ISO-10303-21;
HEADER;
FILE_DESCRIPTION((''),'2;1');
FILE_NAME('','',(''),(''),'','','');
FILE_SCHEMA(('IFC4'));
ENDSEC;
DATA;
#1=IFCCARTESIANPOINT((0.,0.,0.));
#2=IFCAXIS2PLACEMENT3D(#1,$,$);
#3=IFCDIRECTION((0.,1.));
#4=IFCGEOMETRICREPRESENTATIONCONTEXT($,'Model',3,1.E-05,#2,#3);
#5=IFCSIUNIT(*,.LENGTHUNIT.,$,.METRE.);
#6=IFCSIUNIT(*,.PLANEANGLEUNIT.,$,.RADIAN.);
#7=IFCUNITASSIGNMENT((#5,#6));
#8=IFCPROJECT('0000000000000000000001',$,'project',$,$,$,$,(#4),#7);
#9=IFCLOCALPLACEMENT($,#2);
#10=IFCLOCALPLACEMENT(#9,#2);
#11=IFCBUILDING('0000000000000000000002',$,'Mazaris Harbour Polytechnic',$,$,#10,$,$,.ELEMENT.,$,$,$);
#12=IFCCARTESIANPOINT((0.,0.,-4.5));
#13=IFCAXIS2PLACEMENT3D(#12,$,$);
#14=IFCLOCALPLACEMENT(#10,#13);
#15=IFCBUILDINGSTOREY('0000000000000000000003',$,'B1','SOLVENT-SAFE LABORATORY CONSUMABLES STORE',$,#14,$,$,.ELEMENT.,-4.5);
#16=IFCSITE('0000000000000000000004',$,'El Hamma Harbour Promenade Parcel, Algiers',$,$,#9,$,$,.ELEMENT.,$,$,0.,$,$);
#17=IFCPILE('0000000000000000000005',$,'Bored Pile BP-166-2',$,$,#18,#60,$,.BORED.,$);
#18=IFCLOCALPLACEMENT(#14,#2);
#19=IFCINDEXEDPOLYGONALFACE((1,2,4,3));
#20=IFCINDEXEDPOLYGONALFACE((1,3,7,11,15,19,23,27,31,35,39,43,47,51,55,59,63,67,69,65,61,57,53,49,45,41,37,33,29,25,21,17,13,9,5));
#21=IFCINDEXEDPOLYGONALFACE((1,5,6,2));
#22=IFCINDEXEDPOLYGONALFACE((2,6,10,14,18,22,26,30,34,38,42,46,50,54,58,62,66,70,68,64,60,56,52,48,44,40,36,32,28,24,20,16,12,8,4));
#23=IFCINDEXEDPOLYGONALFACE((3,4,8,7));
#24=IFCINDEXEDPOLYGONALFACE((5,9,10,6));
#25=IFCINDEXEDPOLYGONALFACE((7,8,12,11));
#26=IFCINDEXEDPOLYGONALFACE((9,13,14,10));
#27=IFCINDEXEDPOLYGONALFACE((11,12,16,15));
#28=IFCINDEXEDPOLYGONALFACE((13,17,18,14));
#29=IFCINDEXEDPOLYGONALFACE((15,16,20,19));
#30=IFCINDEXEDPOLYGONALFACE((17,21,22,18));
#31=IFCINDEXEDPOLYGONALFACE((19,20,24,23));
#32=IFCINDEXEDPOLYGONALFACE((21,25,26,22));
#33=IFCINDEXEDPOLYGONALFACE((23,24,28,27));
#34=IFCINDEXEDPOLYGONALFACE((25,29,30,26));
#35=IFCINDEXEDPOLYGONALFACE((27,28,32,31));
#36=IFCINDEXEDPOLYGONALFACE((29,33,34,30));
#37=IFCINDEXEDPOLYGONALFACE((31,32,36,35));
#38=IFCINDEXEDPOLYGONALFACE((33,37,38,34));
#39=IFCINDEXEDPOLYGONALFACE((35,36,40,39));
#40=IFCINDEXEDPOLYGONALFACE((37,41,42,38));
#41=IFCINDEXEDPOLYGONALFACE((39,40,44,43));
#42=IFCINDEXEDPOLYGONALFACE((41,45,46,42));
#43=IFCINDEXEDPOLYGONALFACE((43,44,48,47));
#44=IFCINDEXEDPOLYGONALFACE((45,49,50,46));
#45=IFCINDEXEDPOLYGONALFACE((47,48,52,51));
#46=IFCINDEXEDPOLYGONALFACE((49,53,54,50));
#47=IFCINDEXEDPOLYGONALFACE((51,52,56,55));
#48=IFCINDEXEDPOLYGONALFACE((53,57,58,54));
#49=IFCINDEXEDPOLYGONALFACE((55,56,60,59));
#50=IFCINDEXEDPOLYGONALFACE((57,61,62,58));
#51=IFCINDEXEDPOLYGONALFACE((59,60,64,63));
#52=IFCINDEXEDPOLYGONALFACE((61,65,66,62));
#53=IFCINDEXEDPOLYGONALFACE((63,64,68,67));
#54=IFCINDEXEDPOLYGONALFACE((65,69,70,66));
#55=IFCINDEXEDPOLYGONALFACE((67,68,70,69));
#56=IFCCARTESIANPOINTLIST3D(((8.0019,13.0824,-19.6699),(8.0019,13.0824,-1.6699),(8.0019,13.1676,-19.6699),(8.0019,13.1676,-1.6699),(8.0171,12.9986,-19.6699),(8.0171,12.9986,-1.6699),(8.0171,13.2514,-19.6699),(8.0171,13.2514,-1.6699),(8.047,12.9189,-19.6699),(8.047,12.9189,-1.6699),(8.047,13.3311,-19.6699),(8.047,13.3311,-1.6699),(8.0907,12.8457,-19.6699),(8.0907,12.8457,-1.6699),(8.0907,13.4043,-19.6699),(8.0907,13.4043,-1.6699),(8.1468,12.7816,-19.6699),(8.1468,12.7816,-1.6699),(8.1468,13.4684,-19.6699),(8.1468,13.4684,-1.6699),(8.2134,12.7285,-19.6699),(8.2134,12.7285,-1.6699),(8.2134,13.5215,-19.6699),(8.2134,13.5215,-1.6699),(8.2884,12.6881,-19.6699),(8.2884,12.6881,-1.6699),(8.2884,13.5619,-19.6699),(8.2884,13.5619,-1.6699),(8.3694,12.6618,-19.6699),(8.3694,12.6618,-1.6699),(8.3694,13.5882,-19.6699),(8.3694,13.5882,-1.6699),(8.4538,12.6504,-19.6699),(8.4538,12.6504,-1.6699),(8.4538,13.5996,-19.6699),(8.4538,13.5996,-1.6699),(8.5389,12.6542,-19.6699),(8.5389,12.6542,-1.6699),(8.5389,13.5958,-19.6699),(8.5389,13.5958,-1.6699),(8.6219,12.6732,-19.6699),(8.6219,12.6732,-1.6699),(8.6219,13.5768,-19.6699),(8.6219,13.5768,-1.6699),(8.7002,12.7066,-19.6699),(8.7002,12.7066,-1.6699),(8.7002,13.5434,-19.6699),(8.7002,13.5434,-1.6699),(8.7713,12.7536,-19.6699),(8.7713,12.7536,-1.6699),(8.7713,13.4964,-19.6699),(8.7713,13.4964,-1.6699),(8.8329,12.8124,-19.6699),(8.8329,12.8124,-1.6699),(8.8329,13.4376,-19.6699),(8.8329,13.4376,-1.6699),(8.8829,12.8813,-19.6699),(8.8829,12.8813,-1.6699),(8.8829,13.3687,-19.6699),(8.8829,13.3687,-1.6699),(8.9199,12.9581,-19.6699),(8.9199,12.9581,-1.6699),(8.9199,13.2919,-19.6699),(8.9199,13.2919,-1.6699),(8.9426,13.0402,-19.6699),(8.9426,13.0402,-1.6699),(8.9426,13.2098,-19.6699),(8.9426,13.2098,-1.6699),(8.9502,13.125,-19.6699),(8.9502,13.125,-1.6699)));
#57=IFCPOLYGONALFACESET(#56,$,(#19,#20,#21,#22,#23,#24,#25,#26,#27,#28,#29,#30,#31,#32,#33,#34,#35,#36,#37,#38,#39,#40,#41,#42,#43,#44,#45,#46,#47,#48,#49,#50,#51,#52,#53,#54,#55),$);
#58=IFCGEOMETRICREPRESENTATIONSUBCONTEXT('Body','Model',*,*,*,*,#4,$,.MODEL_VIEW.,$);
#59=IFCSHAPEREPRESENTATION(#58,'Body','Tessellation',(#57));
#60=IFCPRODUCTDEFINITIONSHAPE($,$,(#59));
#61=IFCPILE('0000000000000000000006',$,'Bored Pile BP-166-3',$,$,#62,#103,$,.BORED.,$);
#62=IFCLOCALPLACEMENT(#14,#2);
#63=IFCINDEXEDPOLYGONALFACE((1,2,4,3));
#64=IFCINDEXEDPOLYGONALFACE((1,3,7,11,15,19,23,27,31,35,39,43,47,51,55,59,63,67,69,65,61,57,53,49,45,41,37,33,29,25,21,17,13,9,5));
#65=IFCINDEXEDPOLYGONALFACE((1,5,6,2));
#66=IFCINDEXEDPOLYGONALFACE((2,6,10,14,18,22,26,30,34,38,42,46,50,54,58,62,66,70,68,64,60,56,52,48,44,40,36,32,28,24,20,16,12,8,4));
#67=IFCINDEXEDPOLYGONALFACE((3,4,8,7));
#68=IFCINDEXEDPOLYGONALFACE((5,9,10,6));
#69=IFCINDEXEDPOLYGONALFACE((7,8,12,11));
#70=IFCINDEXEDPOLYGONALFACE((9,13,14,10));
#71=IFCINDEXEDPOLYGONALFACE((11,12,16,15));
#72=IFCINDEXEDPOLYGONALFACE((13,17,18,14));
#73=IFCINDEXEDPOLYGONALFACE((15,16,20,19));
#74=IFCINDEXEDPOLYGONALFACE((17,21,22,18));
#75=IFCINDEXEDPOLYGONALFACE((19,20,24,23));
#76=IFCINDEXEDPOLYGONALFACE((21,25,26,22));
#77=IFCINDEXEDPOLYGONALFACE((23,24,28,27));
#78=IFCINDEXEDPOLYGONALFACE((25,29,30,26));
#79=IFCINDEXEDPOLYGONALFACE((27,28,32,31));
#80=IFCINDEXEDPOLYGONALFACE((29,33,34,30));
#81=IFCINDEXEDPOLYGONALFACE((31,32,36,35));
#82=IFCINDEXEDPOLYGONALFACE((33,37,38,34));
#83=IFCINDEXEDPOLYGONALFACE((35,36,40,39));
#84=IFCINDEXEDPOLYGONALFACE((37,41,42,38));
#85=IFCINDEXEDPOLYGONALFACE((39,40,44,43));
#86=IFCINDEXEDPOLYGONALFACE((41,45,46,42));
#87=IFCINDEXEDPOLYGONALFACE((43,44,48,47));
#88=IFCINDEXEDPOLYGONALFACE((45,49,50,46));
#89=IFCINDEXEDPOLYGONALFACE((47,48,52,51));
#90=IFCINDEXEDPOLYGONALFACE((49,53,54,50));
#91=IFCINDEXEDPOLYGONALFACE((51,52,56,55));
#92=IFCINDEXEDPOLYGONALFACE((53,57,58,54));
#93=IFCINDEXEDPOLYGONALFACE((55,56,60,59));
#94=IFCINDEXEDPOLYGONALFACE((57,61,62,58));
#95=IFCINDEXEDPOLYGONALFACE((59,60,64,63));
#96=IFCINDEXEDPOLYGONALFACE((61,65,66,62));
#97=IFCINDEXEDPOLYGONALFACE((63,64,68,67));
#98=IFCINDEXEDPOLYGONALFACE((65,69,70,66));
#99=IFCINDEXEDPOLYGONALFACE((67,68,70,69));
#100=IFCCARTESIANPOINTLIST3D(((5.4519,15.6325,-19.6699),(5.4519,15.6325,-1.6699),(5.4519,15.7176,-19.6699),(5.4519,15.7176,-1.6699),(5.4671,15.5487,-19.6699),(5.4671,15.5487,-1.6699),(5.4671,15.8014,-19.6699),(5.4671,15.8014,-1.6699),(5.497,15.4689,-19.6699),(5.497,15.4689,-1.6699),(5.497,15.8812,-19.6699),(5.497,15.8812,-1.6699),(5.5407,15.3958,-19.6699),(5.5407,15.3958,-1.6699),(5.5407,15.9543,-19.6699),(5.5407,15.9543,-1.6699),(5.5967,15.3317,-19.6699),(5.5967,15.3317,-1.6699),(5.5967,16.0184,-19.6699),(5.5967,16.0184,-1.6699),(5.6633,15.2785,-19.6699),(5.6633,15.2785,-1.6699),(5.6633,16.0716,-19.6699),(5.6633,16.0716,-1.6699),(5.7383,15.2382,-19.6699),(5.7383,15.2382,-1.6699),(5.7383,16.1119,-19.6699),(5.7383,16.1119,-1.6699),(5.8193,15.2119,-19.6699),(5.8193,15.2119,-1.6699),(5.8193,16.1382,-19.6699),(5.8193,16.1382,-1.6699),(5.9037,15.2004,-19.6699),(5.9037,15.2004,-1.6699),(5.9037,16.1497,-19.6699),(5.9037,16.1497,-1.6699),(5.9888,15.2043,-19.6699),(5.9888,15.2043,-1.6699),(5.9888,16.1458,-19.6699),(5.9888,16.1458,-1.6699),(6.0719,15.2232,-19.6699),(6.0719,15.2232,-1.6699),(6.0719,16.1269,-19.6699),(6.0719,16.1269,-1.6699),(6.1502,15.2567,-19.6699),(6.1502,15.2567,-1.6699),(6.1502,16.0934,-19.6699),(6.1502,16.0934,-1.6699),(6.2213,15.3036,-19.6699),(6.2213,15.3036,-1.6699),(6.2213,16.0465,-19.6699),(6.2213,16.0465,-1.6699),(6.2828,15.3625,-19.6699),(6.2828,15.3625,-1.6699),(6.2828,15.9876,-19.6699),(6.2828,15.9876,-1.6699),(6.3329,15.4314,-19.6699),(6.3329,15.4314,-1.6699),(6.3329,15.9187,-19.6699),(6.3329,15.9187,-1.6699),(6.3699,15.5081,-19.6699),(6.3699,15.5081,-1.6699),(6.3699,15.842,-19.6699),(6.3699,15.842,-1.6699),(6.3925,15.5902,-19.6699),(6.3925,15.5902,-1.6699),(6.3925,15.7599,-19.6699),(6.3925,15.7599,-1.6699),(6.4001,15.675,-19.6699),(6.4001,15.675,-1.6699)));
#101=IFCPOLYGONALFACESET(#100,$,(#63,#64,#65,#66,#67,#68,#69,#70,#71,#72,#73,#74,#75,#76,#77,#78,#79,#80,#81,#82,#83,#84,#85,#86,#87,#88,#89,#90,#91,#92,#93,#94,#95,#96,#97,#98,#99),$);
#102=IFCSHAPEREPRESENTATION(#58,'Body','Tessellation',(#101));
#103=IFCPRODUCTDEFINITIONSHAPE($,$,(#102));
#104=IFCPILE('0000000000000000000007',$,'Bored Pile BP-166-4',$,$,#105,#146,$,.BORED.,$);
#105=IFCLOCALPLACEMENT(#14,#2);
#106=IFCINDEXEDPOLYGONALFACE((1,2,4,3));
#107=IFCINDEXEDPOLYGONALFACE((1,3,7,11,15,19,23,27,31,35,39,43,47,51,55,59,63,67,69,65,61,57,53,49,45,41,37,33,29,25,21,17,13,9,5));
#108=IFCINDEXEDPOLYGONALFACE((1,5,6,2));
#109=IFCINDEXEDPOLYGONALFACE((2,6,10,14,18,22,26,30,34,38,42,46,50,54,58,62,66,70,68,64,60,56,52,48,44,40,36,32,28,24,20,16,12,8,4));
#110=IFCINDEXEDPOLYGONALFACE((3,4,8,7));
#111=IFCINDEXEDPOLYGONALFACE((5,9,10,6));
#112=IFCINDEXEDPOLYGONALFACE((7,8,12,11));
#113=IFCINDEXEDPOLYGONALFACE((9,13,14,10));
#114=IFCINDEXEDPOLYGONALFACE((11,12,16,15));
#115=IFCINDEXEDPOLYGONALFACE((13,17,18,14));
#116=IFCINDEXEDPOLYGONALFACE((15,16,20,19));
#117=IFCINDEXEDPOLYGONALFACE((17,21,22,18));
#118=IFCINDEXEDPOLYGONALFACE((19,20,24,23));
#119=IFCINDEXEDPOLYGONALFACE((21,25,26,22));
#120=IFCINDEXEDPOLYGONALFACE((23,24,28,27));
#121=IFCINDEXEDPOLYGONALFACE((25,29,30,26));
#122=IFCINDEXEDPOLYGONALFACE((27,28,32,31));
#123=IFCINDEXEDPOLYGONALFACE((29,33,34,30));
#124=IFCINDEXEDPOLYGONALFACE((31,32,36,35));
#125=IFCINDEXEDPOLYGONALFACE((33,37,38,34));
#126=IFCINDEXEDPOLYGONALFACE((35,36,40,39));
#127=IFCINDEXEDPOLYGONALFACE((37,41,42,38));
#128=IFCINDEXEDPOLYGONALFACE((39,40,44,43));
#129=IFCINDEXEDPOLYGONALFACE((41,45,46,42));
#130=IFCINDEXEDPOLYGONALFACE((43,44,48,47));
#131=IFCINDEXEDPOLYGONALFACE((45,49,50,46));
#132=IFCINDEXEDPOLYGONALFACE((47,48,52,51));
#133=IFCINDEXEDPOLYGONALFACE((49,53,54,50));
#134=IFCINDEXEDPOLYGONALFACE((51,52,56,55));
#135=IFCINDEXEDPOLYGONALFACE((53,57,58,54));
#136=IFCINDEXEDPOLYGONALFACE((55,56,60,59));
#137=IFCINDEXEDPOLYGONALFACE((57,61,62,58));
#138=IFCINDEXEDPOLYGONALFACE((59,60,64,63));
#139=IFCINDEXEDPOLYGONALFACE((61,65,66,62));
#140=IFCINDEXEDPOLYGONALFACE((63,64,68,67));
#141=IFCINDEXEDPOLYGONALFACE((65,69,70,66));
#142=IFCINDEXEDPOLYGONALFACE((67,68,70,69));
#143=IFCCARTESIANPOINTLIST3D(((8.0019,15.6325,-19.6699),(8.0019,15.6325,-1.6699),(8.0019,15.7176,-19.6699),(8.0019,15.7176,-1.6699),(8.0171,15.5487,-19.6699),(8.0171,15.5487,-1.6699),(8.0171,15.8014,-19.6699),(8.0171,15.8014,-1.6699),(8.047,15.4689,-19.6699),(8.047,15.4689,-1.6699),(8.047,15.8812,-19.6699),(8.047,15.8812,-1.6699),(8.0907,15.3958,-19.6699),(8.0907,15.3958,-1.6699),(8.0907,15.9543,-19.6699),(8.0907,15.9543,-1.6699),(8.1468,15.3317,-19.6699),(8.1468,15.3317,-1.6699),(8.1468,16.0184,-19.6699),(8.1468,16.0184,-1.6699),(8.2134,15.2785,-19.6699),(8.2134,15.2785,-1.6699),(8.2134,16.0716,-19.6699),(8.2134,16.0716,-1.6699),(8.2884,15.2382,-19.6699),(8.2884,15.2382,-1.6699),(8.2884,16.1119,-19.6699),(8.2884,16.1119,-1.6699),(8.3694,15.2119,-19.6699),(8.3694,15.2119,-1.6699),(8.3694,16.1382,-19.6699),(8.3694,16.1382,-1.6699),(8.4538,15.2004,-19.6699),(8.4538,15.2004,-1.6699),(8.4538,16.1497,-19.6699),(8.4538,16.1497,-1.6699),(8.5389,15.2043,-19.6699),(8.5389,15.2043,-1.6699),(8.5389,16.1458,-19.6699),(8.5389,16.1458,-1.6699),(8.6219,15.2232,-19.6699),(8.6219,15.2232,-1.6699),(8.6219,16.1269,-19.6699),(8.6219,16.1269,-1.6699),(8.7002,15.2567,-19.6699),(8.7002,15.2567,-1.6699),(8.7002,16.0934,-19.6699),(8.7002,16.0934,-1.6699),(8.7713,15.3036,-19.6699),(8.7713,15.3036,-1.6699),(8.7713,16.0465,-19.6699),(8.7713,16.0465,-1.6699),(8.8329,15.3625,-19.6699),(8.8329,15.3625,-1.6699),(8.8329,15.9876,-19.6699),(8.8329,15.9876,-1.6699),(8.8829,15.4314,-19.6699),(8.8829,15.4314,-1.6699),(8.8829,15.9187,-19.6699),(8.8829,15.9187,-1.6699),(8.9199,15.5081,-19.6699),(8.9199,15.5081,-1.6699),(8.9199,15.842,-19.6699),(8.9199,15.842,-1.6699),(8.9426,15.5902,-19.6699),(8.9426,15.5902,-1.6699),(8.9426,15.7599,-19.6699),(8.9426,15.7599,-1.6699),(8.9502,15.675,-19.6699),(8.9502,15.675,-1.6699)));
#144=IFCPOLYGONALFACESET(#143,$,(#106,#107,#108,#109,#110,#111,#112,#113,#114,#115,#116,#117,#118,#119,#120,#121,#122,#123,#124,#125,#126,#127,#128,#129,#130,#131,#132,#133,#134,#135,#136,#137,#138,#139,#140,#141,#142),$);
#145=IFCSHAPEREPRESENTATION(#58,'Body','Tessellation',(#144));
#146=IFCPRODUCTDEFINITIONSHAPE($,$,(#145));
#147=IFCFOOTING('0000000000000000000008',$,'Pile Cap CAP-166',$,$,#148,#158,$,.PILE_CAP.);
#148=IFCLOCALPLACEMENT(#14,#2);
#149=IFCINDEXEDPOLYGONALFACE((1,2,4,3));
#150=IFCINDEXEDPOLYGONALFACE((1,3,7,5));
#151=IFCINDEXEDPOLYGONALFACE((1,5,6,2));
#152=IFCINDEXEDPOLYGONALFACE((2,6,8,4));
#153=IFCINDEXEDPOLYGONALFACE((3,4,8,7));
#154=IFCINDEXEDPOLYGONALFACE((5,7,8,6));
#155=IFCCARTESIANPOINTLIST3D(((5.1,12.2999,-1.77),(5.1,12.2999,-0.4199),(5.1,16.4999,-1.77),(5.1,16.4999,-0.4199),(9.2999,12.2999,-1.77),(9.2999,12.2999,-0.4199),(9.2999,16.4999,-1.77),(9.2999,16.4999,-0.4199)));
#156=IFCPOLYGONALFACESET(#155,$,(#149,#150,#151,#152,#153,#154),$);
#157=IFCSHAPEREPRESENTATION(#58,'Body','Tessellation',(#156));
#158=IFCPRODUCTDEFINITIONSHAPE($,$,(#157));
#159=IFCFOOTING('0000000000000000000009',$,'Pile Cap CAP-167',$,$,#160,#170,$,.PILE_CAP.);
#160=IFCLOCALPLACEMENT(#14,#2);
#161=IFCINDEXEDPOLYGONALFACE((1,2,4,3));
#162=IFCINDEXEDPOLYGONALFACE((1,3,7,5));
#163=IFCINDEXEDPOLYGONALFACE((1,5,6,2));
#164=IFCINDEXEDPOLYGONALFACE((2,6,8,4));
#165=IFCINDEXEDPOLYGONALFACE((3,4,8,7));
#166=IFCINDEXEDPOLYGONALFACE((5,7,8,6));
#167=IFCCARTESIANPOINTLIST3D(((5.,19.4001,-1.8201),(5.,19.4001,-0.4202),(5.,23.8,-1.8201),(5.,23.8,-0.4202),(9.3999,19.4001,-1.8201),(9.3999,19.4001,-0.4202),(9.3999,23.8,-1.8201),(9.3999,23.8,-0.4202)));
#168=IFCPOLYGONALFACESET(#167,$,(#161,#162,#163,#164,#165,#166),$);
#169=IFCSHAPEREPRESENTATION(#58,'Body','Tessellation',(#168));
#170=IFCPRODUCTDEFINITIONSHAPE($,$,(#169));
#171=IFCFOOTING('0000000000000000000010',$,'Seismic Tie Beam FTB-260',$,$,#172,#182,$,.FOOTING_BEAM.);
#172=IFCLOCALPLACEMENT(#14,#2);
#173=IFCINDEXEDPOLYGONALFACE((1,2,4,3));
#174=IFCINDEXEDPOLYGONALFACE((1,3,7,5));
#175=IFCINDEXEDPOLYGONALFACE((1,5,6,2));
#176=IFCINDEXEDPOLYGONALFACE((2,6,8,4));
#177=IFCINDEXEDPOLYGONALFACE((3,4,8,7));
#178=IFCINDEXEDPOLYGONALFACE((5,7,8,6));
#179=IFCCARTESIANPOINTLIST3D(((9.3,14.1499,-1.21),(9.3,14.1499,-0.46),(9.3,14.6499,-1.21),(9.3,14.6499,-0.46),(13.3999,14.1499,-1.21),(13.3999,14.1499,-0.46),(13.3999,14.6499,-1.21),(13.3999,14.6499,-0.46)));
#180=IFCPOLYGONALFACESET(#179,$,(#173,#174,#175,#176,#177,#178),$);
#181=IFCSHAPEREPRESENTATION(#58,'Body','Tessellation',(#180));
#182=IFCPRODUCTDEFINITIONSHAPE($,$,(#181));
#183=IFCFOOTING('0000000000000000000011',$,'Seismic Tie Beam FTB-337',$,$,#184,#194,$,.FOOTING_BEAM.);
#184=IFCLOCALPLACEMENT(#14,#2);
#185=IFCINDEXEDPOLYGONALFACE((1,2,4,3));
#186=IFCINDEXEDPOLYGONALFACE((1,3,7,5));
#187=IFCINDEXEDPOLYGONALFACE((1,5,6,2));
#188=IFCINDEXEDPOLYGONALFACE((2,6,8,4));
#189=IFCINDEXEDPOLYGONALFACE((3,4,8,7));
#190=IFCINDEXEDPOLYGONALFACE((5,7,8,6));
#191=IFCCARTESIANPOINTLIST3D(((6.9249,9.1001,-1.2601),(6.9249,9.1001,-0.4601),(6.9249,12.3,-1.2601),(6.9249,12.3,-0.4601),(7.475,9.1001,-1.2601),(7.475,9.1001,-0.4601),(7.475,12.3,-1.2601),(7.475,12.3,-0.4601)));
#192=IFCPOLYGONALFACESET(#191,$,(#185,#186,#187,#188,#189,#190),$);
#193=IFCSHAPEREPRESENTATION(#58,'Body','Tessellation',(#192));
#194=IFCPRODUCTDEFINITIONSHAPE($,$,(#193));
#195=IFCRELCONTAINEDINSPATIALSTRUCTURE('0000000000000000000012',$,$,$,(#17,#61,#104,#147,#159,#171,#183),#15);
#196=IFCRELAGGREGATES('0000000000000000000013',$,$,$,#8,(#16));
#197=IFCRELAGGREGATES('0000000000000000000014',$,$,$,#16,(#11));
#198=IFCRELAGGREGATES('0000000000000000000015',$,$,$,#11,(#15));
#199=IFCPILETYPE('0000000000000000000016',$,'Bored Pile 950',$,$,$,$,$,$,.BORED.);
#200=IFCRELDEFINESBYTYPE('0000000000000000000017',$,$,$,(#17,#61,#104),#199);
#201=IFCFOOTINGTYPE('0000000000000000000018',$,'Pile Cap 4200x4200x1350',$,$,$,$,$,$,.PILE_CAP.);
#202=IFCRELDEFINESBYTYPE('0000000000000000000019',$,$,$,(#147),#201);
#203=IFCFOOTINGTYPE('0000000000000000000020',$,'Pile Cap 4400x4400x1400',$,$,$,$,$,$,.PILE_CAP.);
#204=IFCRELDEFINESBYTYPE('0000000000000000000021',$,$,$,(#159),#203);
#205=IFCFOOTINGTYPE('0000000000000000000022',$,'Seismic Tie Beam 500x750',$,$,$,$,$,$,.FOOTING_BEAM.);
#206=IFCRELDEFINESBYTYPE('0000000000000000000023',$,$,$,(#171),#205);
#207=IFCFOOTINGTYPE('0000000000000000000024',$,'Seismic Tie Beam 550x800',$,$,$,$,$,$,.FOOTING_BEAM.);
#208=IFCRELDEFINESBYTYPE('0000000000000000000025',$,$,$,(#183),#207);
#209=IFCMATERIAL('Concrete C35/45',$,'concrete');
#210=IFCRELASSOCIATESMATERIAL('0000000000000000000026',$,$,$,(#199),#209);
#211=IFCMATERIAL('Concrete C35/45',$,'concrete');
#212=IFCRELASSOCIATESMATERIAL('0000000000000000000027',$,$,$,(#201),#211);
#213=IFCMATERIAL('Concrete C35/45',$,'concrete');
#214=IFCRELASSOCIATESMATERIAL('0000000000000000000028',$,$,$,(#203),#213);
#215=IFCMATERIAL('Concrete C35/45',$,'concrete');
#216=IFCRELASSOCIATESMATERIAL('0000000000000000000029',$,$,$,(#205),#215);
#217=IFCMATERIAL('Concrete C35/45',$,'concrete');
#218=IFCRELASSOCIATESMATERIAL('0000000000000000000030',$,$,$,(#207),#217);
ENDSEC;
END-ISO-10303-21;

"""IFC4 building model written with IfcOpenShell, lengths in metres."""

from ifc_helpers import new_model, si_unit, direction, frame, origin, origin_2d, place, context, subcontext, project, spatial, rectangle, circle, extrude, material, material_profile, profile_set, type_object, element, save


model = new_model("IFC4")

# Units and contexts
model_context = context("Model", 3, precision=1e-05, world=origin(), true_north=direction((0.0, 1.0)))
body_context = subcontext(model_context, "Body", "Model", "MODEL_VIEW")
ifc_project = project(units=[si_unit("LENGTHUNIT", "METRE"), si_unit("PLANEANGLEUNIT", "RADIAN")], contexts=[model_context])

# Site, building, storey
site_placement = place(None, origin())
site = spatial("IfcSite", under=ifc_project, at=site_placement, Name="El Hamma Harbour Promenade Parcel, Algiers", CompositionType="ELEMENT", RefElevation=0.0)
building_placement = place(site_placement, origin())
building = spatial("IfcBuilding", under=site, at=building_placement, Name="Mazaris Harbour Polytechnic", CompositionType="ELEMENT")
storey_placement = place(building_placement, frame((0.0, 0.0, -4.5)))
storey = spatial("IfcBuildingStorey", under=building, at=storey_placement, Name="B1", Description="SOLVENT-SAFE LABORATORY CONSUMABLES STORE", CompositionType="ELEMENT", Elevation=-4.5)

# Piles
ifc_material_1 = material(Name="Concrete C35/45", Category="concrete")
ifc_material_profile_1 = material_profile(ifc_material_1, circle(Radius=0.4751, at=origin_2d()), Name="DIA950")
ifc_profile_set_1 = profile_set([ifc_material_profile_1], Name="Concrete C35/45")
pile_type_1 = type_object("IfcPileType", Name="Bored Pile 950", PredefinedType="BORED", material=ifc_profile_set_1)
for number, where, z_axis, x_axis, name in (
    (1, (8.4751, 13.125, -1.6699), (0.0, 0.0, -1.0), (1.0, 0.0, 0.0), "Bored Pile BP-166-2"),
    (2, (5.925, 15.675, -1.6699), (0.0, 0.0, -1.0), (1.0, 0.0, 0.0), "Bored Pile BP-166-3"),
    (3, (8.4751, 15.675, -1.6699), (0.0, 0.0, -1.0), (1.0, 0.0, 0.0), "Bored Pile BP-166-4"),
):
    element("IfcPile", number, at=place(storey_placement, frame(where, z_axis=z_axis, x_axis=x_axis)), inside=storey, type_object=pile_type_1, Name=name, PredefinedType="BORED", context=body_context, shape_type="SweptSolid", body=[
        extrude(circle(Radius=0.4751, at=origin_2d()), origin(), (0.0, 0.0, 1.0), 18.0),
    ])

# Footings
ifc_material_2 = material(Name="Concrete C35/45", Category="concrete")
footing_type_1 = type_object("IfcFootingType", Name="Pile Cap 4200x4200x1350", PredefinedType="PILE_CAP", material=ifc_material_2)
footing_1_placement = place(storey_placement, frame((7.2, 14.3999, -1.77), z_axis=(0.0, 0.0, 1.0), x_axis=(1.0, 0.0, 0.0)))
element("IfcFooting", 4, at=footing_1_placement, inside=storey, type_object=footing_type_1, Name="Pile Cap CAP-166", PredefinedType="PILE_CAP", context=body_context, shape_type="SweptSolid", body=[
    extrude(rectangle(XDim=4.2, YDim=4.2, at=origin_2d()), origin(), (0.0, 0.0, 1.0), 1.3501),
])
ifc_material_3 = material(Name="Concrete C35/45", Category="concrete")
footing_type_2 = type_object("IfcFootingType", Name="Pile Cap 4400x4400x1400", PredefinedType="PILE_CAP", material=ifc_material_3)
footing_2_placement = place(storey_placement, frame((7.2, 21.6001, -1.8201), z_axis=(0.0, 0.0, 1.0), x_axis=(1.0, 0.0, 0.0)))
element("IfcFooting", 5, at=footing_2_placement, inside=storey, type_object=footing_type_2, Name="Pile Cap CAP-167", PredefinedType="PILE_CAP", context=body_context, shape_type="SweptSolid", body=[
    extrude(rectangle(XDim=4.3999, YDim=4.3999, at=origin_2d()), origin(), (0.0, 0.0, 1.0), 1.3999),
])
ifc_material_4 = material(Name="Concrete C35/45", Category="concrete")
ifc_material_profile_2 = material_profile(ifc_material_4, rectangle(XDim=0.5, YDim=0.75, at=origin_2d()), Name="RECT500x750")
ifc_profile_set_2 = profile_set([ifc_material_profile_2], Name="Concrete C35/45")
footing_type_3 = type_object("IfcFootingType", Name="Seismic Tie Beam 500x750", PredefinedType="FOOTING_BEAM", material=ifc_profile_set_2)
footing_3_placement = place(storey_placement, frame((9.3, 14.3999, -0.835), z_axis=(1.0, 0.0, 0.0), x_axis=(0.0, 1.0, 0.0)))
element("IfcFooting", 6, at=footing_3_placement, inside=storey, type_object=footing_type_3, Name="Seismic Tie Beam FTB-260", PredefinedType="FOOTING_BEAM", context=body_context, shape_type="SweptSolid", body=[
    extrude(rectangle(XDim=0.5, YDim=0.75, at=origin_2d()), origin(), (0.0, 0.0, 1.0), 4.0999),
])
ifc_material_5 = material(Name="Concrete C35/45", Category="concrete")
ifc_material_profile_3 = material_profile(ifc_material_5, rectangle(XDim=0.55, YDim=0.8, at=origin_2d()), Name="RECT550x800")
ifc_profile_set_3 = profile_set([ifc_material_profile_3], Name="Concrete C35/45")
footing_type_4 = type_object("IfcFootingType", Name="Seismic Tie Beam 550x800", PredefinedType="FOOTING_BEAM", material=ifc_profile_set_3)
footing_4_placement = place(storey_placement, frame((7.2, 9.1001, -0.8601), z_axis=(0.0, 1.0, 0.0), x_axis=(-1.0, 0.0, 0.0)))
element("IfcFooting", 7, at=footing_4_placement, inside=storey, type_object=footing_type_4, Name="Seismic Tie Beam FTB-337", PredefinedType="FOOTING_BEAM", context=body_context, shape_type="SweptSolid", body=[
    extrude(rectangle(XDim=0.55, YDim=0.8, at=origin_2d()), origin(), (0.0, 0.0, 1.0), 3.2),
])

save(model, "model.ifc")
